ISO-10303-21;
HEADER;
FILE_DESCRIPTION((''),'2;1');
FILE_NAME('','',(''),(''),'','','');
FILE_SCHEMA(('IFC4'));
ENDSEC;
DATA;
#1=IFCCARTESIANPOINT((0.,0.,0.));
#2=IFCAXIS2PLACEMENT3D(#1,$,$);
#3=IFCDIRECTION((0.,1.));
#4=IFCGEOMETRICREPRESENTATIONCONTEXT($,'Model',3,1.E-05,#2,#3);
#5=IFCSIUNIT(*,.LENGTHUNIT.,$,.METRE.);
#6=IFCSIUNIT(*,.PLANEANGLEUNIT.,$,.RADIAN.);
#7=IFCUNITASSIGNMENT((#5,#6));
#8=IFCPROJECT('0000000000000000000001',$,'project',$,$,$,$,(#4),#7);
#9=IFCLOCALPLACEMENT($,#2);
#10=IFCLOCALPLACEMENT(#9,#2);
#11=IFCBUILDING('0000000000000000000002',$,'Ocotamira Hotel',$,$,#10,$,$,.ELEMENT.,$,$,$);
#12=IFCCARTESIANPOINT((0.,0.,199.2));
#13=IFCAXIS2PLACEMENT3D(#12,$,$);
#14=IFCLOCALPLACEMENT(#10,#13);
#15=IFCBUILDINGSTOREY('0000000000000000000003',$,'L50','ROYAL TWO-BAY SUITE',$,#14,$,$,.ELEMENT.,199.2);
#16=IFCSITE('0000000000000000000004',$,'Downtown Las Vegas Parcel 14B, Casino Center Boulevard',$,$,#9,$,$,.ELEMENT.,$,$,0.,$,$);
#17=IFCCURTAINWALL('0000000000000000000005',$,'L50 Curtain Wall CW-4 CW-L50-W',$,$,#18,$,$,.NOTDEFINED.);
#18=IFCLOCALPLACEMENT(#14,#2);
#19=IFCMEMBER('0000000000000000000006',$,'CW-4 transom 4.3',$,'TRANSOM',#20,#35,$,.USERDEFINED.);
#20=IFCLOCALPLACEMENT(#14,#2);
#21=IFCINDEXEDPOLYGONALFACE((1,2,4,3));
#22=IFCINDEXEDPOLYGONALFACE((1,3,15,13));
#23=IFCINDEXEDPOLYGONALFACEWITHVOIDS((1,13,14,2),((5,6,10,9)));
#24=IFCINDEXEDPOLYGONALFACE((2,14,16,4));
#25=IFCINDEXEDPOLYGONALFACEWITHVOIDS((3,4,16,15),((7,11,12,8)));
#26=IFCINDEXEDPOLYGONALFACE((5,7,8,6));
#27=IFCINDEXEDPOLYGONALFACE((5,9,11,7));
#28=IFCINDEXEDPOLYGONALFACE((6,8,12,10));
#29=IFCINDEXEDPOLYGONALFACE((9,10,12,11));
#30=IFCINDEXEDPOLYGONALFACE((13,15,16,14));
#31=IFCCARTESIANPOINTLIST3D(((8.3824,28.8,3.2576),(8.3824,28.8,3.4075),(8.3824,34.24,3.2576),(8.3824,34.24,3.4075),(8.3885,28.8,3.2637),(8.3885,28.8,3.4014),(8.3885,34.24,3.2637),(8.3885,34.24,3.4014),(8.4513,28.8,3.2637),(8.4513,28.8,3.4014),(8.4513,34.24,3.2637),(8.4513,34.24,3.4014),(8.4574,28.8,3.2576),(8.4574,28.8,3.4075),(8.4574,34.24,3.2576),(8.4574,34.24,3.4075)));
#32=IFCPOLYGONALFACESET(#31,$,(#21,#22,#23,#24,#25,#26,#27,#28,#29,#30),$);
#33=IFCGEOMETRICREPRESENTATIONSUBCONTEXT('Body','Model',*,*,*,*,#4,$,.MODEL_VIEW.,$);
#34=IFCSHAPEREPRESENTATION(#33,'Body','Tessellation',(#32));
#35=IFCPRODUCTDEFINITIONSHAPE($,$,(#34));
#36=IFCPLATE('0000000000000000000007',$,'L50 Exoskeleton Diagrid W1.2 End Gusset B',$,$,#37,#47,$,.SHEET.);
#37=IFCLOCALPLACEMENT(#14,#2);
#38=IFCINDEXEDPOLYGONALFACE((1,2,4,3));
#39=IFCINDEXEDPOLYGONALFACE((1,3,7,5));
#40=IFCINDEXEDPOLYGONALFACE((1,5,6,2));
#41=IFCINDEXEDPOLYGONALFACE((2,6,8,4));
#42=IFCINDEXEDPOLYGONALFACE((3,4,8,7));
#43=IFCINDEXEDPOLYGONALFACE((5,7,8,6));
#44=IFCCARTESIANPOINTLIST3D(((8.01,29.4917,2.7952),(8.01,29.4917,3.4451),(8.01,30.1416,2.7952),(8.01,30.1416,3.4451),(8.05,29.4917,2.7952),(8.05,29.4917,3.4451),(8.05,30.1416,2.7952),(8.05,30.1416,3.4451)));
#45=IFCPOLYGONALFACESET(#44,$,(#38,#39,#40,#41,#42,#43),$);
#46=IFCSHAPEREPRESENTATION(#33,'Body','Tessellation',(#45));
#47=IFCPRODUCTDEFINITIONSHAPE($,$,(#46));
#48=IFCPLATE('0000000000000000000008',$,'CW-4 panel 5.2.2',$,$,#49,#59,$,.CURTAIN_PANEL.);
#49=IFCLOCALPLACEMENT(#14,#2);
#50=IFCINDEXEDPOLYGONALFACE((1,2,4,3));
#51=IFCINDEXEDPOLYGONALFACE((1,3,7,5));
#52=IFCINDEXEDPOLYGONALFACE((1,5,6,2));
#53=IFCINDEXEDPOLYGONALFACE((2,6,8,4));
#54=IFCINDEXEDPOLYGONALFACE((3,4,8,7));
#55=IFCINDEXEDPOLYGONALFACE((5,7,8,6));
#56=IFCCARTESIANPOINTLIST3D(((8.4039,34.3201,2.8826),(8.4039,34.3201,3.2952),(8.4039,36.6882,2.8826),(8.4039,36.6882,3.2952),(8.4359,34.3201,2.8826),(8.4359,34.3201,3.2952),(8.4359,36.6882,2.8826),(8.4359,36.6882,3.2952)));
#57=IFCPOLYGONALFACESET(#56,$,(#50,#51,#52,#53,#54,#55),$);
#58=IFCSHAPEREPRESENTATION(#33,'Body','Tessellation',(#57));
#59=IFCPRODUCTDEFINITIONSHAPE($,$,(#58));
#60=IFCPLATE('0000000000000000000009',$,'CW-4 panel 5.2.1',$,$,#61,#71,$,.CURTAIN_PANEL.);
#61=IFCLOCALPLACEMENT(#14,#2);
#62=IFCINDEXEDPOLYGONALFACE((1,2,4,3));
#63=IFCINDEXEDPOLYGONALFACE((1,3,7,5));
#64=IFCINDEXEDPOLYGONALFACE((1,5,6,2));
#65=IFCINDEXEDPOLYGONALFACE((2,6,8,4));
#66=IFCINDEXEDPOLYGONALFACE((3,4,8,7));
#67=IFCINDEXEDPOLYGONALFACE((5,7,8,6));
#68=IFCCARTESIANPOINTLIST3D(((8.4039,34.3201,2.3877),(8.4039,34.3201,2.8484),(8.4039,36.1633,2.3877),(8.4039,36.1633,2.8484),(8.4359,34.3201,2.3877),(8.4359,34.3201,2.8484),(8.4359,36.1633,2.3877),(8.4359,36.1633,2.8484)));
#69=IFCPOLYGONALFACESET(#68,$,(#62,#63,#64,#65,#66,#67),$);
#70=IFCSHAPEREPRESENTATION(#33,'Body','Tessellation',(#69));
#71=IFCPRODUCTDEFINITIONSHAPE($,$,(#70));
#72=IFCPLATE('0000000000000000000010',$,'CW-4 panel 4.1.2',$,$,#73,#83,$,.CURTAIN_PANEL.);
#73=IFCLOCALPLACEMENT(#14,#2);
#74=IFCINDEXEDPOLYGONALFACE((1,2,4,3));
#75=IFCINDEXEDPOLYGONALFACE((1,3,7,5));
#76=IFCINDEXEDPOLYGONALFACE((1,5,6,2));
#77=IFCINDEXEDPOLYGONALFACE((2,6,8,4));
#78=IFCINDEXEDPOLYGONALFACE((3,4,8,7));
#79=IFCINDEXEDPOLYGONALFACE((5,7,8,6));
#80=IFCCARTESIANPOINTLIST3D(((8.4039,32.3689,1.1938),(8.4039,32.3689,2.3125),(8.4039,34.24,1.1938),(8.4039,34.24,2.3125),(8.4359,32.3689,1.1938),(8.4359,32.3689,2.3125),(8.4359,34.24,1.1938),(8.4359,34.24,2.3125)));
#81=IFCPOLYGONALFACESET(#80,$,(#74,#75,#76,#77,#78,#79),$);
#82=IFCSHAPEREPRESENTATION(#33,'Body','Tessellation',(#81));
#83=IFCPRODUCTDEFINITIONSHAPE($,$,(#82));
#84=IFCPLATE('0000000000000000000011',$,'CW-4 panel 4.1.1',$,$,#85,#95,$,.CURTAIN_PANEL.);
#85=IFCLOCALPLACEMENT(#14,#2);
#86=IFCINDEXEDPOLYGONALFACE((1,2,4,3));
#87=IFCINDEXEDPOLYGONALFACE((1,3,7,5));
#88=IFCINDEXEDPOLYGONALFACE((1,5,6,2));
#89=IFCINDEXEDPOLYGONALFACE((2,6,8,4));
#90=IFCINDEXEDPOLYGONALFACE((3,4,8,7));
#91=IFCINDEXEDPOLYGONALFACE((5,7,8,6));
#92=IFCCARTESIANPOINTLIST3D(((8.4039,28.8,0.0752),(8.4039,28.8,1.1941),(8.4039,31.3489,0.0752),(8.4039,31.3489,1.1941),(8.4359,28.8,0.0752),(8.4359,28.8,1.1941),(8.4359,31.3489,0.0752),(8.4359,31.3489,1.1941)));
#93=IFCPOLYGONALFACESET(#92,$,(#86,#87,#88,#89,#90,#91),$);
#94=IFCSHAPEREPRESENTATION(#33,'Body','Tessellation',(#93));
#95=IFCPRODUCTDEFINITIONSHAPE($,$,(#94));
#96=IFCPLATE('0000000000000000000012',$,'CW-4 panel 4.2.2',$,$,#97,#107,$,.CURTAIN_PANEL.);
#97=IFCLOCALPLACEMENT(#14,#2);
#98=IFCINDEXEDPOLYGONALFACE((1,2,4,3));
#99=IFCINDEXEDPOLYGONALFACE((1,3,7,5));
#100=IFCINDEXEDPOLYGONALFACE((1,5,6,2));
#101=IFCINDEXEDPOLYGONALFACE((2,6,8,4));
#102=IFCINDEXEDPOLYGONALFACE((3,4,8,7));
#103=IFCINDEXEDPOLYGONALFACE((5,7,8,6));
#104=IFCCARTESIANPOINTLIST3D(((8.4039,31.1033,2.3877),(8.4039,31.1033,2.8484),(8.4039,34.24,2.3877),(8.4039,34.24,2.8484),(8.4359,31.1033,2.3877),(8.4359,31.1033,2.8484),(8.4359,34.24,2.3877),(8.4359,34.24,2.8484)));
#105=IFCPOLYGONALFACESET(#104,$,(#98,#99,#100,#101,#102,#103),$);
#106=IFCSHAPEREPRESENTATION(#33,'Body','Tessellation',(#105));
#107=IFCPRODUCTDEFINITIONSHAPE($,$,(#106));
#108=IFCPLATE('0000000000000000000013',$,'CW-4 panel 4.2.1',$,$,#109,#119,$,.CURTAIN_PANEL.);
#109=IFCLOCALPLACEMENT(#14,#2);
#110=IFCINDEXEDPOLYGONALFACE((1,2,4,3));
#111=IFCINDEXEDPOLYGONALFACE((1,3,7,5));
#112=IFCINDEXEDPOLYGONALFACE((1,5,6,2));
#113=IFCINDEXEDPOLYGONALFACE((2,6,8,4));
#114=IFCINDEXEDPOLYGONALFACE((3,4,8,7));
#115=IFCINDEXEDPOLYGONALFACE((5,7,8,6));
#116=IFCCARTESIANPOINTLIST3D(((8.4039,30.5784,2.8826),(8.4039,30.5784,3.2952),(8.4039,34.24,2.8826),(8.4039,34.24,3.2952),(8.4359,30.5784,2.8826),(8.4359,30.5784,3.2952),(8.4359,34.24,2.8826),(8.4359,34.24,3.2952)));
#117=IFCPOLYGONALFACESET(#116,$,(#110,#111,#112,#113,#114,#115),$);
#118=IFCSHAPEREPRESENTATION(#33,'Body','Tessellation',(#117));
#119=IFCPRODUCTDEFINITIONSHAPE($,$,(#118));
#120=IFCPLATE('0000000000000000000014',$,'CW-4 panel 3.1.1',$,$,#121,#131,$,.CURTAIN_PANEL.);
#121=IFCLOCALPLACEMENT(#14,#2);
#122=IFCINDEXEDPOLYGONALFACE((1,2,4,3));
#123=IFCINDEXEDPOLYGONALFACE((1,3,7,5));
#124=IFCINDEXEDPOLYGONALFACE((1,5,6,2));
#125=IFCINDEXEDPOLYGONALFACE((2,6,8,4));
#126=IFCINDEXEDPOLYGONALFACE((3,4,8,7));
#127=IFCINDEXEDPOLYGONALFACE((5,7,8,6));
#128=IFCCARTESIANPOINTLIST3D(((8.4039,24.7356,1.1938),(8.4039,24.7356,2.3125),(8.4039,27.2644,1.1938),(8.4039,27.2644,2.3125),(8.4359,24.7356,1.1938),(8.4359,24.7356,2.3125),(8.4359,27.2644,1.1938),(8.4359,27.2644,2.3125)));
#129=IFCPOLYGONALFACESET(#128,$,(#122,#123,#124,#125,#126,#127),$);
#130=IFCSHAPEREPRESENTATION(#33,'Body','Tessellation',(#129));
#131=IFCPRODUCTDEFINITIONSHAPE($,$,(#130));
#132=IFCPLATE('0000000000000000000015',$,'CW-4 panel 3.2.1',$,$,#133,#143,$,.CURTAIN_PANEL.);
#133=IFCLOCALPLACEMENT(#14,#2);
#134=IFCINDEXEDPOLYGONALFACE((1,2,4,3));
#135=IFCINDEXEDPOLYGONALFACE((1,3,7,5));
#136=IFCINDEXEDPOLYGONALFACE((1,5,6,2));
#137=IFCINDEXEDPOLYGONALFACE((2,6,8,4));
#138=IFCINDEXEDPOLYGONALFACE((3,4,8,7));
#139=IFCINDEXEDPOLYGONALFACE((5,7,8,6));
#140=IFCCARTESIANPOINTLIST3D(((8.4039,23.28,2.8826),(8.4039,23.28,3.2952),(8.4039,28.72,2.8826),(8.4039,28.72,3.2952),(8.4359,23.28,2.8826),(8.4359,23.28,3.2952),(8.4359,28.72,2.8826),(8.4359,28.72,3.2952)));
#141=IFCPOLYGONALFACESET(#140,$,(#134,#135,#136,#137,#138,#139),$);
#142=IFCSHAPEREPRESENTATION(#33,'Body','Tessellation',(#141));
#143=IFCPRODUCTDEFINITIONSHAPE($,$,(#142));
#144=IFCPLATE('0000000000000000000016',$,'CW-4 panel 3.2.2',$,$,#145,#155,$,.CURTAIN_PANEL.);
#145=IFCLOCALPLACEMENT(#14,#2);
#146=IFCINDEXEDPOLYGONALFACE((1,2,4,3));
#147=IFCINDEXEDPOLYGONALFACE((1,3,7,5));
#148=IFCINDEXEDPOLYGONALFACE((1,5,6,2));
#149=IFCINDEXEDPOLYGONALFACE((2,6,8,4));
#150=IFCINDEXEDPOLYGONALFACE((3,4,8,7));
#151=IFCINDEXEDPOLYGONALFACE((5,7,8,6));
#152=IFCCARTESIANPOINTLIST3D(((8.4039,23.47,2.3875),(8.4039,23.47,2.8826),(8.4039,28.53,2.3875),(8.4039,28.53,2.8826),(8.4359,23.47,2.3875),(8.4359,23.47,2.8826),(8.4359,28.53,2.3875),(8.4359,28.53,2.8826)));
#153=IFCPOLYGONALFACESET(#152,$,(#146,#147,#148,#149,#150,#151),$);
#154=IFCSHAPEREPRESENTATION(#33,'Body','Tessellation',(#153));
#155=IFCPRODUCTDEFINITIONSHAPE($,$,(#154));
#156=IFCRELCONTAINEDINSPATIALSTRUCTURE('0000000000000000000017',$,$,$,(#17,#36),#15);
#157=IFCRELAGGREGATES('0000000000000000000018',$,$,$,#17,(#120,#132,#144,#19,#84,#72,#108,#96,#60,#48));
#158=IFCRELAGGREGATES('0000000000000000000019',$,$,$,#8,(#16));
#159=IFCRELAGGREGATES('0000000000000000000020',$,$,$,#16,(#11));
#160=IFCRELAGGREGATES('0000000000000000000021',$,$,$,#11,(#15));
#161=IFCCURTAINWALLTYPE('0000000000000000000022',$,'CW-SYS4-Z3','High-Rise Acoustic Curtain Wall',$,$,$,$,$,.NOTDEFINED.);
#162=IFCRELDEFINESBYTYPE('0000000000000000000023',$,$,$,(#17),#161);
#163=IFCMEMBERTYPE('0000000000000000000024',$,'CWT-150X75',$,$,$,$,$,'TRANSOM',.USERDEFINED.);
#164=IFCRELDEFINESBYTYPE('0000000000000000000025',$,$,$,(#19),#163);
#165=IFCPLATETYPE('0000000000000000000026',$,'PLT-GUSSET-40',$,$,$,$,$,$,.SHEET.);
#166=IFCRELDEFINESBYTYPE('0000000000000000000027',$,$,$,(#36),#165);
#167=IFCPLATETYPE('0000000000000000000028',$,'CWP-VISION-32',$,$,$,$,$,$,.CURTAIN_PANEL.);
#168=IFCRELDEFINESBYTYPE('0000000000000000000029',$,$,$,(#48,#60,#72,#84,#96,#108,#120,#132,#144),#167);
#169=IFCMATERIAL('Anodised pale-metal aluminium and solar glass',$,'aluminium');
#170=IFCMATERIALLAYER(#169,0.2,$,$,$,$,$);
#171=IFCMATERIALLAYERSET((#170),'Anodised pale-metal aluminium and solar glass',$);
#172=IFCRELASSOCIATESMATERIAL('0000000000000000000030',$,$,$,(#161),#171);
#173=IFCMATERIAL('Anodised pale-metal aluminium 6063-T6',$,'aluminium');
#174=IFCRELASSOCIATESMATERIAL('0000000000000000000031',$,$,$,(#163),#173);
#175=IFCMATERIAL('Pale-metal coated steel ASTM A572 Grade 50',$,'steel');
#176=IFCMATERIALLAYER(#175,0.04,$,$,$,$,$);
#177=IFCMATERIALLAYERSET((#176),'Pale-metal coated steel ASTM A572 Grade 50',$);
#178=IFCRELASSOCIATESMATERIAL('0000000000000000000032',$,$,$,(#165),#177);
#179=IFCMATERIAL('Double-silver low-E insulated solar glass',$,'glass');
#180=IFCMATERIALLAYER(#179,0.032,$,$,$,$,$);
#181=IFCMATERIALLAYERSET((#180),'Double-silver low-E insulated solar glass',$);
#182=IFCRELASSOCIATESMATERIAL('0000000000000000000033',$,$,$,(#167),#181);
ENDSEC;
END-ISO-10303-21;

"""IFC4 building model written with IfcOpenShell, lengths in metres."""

from ifc_helpers import new_model, si_unit, direction, frame, origin, origin_2d, place, context, subcontext, project, spatial, rectangle, hollow_rectangle, extrude, source, transform, mapped, material, layer, layer_set, material_profile, profile_set, type_object, element, aggregate, save


model = new_model("IFC4")

# Units and contexts
model_context = context("Model", 3, precision=1e-05, world=origin(), true_north=direction((0.0, 1.0)))
body_context = subcontext(model_context, "Body", "Model", "MODEL_VIEW")
ifc_project = project(units=[si_unit("LENGTHUNIT", "METRE"), si_unit("PLANEANGLEUNIT", "RADIAN")], contexts=[model_context])

# Site, building, storey
site_placement = place(None, origin())
site = spatial("IfcSite", under=ifc_project, at=site_placement, Name="Downtown Las Vegas Parcel 14B, Casino Center Boulevard", CompositionType="ELEMENT", RefElevation=0.0)
building_placement = place(site_placement, origin())
building = spatial("IfcBuilding", under=site, at=building_placement, Name="Ocotamira Hotel", CompositionType="ELEMENT")
storey_placement = place(building_placement, frame((0.0, 0.0, 199.2)))
storey = spatial("IfcBuildingStorey", under=building, at=storey_placement, Name="L50", Description="ROYAL TWO-BAY SUITE", CompositionType="ELEMENT", Elevation=199.2)

# Curtain wall, member
ifc_material_1 = material(Name="Anodised pale-metal aluminium and solar glass", Category="aluminium")
ifc_layer_1 = layer(ifc_material_1, 0.2)
ifc_layer_set_1 = layer_set([ifc_layer_1], Name="Anodised pale-metal aluminium and solar glass")
curtain_wall_type = type_object("IfcCurtainWallType", Name="CW-SYS4-Z3", Description="High-Rise Acoustic Curtain Wall", PredefinedType="NOTDEFINED", material=ifc_layer_set_1)
curtain_wall_placement = place(storey_placement, origin())
curtain_wall = element("IfcCurtainWall", 1, at=curtain_wall_placement, inside=storey, type_object=curtain_wall_type, Name="L50 Curtain Wall CW-4 CW-L50-W", PredefinedType="NOTDEFINED")
ifc_material_2 = material(Name="Anodised pale-metal aluminium 6063-T6", Category="aluminium")
ifc_material_profile_1 = material_profile(ifc_material_2, hollow_rectangle(XDim=0.075, YDim=0.1499, WallThickness=0.0061, at=origin_2d()), Name="HSS150X75X6")
ifc_profile_set_1 = profile_set([ifc_material_profile_1], Name="Anodised pale-metal aluminium 6063-T6")
member_type_1 = type_object("IfcMemberType", Name="CWT-150X75", ElementType="TRANSOM", PredefinedType="USERDEFINED", material=ifc_profile_set_1)
shared_shape_1 = source(origin(), body_context, "Body", "SweptSolid", [
    extrude(hollow_rectangle(XDim=0.075, YDim=0.1499, WallThickness=0.0061, at=origin_2d()), origin(), (0.0, 0.0, 1.0), 5.4399),
])
member_1_placement = place(storey_placement, frame((8.4199, 28.8, 3.3325), z_axis=(0.0, 1.0, 0.0), x_axis=(-1.0, 0.0, 0.0)))
member_1 = element("IfcMember", 2, at=member_1_placement, type_object=member_type_1, Name="CW-4 transom 4.3", ObjectType="TRANSOM", PredefinedType="USERDEFINED", context=body_context, shape_type="MappedRepresentation", body=[
    mapped(shared_shape_1, transform((0.0, 0.0, 0.0), scale=1.0)),
])

# Plates
ifc_material_3 = material(Name="Pale-metal coated steel ASTM A572 Grade 50", Category="steel")
ifc_layer_2 = layer(ifc_material_3, 0.04)
ifc_layer_set_2 = layer_set([ifc_layer_2], Name="Pale-metal coated steel ASTM A572 Grade 50")
plate_type_1 = type_object("IfcPlateType", Name="PLT-GUSSET-40", PredefinedType="SHEET", material=ifc_layer_set_2)
shared_shape_2 = source(origin(), body_context, "Body", "SweptSolid", [
    extrude(rectangle(XDim=0.04, YDim=0.6499, at=origin_2d()), origin(), (0.0, 0.0, 1.0), 0.6499),
])
plate_1_placement = place(storey_placement, frame((8.03, 29.8167, 2.7952), z_axis=(0.0, 0.0, 1.0), x_axis=(1.0, 0.0, 0.0)))
element("IfcPlate", 3, at=plate_1_placement, inside=storey, type_object=plate_type_1, Name="L50 Exoskeleton Diagrid W1.2 End Gusset B", PredefinedType="SHEET", context=body_context, shape_type="MappedRepresentation", body=[
    mapped(shared_shape_2, transform((0.0, 0.0, 0.0), scale=1.0)),
])
ifc_material_4 = material(Name="Double-silver low-E insulated solar glass", Category="glass")
ifc_layer_3 = layer(ifc_material_4, 0.032)
ifc_layer_set_3 = layer_set([ifc_layer_3], Name="Double-silver low-E insulated solar glass")
plate_type_2 = type_object("IfcPlateType", Name="CWP-VISION-32", PredefinedType="CURTAIN_PANEL", material=ifc_layer_set_3)
shared_shape_3 = source(origin(), body_context, "Body", "SweptSolid", [
    extrude(rectangle(XDim=2.3682, YDim=0.032, at=origin_2d()), origin(), (0.0, 0.0, 1.0), 0.4126),
])
plate_2_placement = place(storey_placement, frame((8.4199, 35.5042, 2.8826), z_axis=(0.0, 0.0, 1.0), x_axis=(0.0, 1.0, 0.0)))
plate_2 = element("IfcPlate", 4, at=plate_2_placement, type_object=plate_type_2, Name="CW-4 panel 5.2.2", PredefinedType="CURTAIN_PANEL", context=body_context, shape_type="MappedRepresentation", body=[
    mapped(shared_shape_3, transform((0.0, 0.0, 0.0), scale=1.0)),
])
shared_shape_4 = source(origin(), body_context, "Body", "SweptSolid", [
    extrude(rectangle(XDim=1.8433, YDim=0.032, at=origin_2d()), origin(), (0.0, 0.0, 1.0), 0.4607),
])
plate_3_placement = place(storey_placement, frame((8.4199, 35.2417, 2.3877), z_axis=(0.0, 0.0, 1.0), x_axis=(0.0, 1.0, 0.0)))
plate_3 = element("IfcPlate", 5, at=plate_3_placement, type_object=plate_type_2, Name="CW-4 panel 5.2.1", PredefinedType="CURTAIN_PANEL", context=body_context, shape_type="MappedRepresentation", body=[
    mapped(shared_shape_4, transform((0.0, 0.0, 0.0), scale=1.0)),
])
shared_shape_5 = source(origin(), body_context, "Body", "SweptSolid", [
    extrude(rectangle(XDim=1.8711, YDim=0.032, at=origin_2d()), origin(), (0.0, 0.0, 1.0), 1.1187),
])
plate_4_placement = place(storey_placement, frame((8.4199, 33.3044, 1.1938), z_axis=(0.0, 0.0, 1.0), x_axis=(0.0, 1.0, 0.0)))
plate_4 = element("IfcPlate", 6, at=plate_4_placement, type_object=plate_type_2, Name="CW-4 panel 4.1.2", PredefinedType="CURTAIN_PANEL", context=body_context, shape_type="MappedRepresentation", body=[
    mapped(shared_shape_5, transform((0.0, 0.0, 0.0), scale=1.0)),
])
shared_shape_6 = source(origin(), body_context, "Body", "SweptSolid", [
    extrude(rectangle(XDim=2.5488, YDim=0.032, at=origin_2d()), origin(), (0.0, 0.0, 1.0), 1.1189),
])
plate_5_placement = place(storey_placement, frame((8.4199, 30.0745, 0.0752), z_axis=(0.0, 0.0, 1.0), x_axis=(0.0, 1.0, 0.0)))
plate_5 = element("IfcPlate", 7, at=plate_5_placement, type_object=plate_type_2, Name="CW-4 panel 4.1.1", PredefinedType="CURTAIN_PANEL", context=body_context, shape_type="MappedRepresentation", body=[
    mapped(shared_shape_6, transform((0.0, 0.0, 0.0), scale=1.0)),
])
shared_shape_7 = source(origin(), body_context, "Body", "SweptSolid", [
    extrude(rectangle(XDim=3.1367, YDim=0.032, at=origin_2d()), origin(), (0.0, 0.0, 1.0), 0.4607),
])
plate_6_placement = place(storey_placement, frame((8.4199, 32.6716, 2.3877), z_axis=(0.0, 0.0, 1.0), x_axis=(0.0, 1.0, 0.0)))
plate_6 = element("IfcPlate", 8, at=plate_6_placement, type_object=plate_type_2, Name="CW-4 panel 4.2.2", PredefinedType="CURTAIN_PANEL", context=body_context, shape_type="MappedRepresentation", body=[
    mapped(shared_shape_7, transform((0.0, 0.0, 0.0), scale=1.0)),
])
shared_shape_8 = source(origin(), body_context, "Body", "SweptSolid", [
    extrude(rectangle(XDim=3.6616, YDim=0.032, at=origin_2d()), origin(), (0.0, 0.0, 1.0), 0.4126),
])
plate_7_placement = place(storey_placement, frame((8.4199, 32.4092, 2.8826), z_axis=(0.0, 0.0, 1.0), x_axis=(0.0, 1.0, 0.0)))
plate_7 = element("IfcPlate", 9, at=plate_7_placement, type_object=plate_type_2, Name="CW-4 panel 4.2.1", PredefinedType="CURTAIN_PANEL", context=body_context, shape_type="MappedRepresentation", body=[
    mapped(shared_shape_8, transform((0.0, 0.0, 0.0), scale=1.0)),
])
shared_shape_9 = source(origin(), body_context, "Body", "SweptSolid", [
    extrude(rectangle(XDim=2.5288, YDim=0.032, at=origin_2d()), origin(), (0.0, 0.0, 1.0), 1.1187),
])
plate_8_placement = place(storey_placement, frame((8.4199, 26.0, 1.1938), z_axis=(0.0, 0.0, 1.0), x_axis=(0.0, 1.0, 0.0)))
plate_8 = element("IfcPlate", 10, at=plate_8_placement, type_object=plate_type_2, Name="CW-4 panel 3.1.1", PredefinedType="CURTAIN_PANEL", context=body_context, shape_type="MappedRepresentation", body=[
    mapped(shared_shape_9, transform((0.0, 0.0, 0.0), scale=1.0)),
])
shared_shape_10 = source(origin(), body_context, "Body", "SweptSolid", [
    extrude(rectangle(XDim=5.4399, YDim=0.032, at=origin_2d()), origin(), (0.0, 0.0, 1.0), 0.4126),
])
plate_9_placement = place(storey_placement, frame((8.4199, 26.0, 2.8826), z_axis=(0.0, 0.0, 1.0), x_axis=(0.0, 1.0, 0.0)))
plate_9 = element("IfcPlate", 11, at=plate_9_placement, type_object=plate_type_2, Name="CW-4 panel 3.2.1", PredefinedType="CURTAIN_PANEL", context=body_context, shape_type="MappedRepresentation", body=[
    mapped(shared_shape_10, transform((0.0, 0.0, 0.0), scale=1.0)),
])
shared_shape_11 = source(origin(), body_context, "Body", "SweptSolid", [
    extrude(rectangle(XDim=5.0601, YDim=0.032, at=origin_2d()), origin(), (0.0, 0.0, 1.0), 0.4951),
])
plate_10_placement = place(storey_placement, frame((8.4199, 26.0, 2.3875), z_axis=(0.0, 0.0, 1.0), x_axis=(0.0, 1.0, 0.0)))
plate_10 = element("IfcPlate", 12, at=plate_10_placement, type_object=plate_type_2, Name="CW-4 panel 3.2.2", PredefinedType="CURTAIN_PANEL", context=body_context, shape_type="MappedRepresentation", body=[
    mapped(shared_shape_11, transform((0.0, 0.0, 0.0), scale=1.0)),
])
aggregate(curtain_wall, [plate_8, plate_9, plate_10, member_1, plate_5, plate_4, plate_7, plate_6, plate_3, plate_2])

save(model, "model.ifc")
